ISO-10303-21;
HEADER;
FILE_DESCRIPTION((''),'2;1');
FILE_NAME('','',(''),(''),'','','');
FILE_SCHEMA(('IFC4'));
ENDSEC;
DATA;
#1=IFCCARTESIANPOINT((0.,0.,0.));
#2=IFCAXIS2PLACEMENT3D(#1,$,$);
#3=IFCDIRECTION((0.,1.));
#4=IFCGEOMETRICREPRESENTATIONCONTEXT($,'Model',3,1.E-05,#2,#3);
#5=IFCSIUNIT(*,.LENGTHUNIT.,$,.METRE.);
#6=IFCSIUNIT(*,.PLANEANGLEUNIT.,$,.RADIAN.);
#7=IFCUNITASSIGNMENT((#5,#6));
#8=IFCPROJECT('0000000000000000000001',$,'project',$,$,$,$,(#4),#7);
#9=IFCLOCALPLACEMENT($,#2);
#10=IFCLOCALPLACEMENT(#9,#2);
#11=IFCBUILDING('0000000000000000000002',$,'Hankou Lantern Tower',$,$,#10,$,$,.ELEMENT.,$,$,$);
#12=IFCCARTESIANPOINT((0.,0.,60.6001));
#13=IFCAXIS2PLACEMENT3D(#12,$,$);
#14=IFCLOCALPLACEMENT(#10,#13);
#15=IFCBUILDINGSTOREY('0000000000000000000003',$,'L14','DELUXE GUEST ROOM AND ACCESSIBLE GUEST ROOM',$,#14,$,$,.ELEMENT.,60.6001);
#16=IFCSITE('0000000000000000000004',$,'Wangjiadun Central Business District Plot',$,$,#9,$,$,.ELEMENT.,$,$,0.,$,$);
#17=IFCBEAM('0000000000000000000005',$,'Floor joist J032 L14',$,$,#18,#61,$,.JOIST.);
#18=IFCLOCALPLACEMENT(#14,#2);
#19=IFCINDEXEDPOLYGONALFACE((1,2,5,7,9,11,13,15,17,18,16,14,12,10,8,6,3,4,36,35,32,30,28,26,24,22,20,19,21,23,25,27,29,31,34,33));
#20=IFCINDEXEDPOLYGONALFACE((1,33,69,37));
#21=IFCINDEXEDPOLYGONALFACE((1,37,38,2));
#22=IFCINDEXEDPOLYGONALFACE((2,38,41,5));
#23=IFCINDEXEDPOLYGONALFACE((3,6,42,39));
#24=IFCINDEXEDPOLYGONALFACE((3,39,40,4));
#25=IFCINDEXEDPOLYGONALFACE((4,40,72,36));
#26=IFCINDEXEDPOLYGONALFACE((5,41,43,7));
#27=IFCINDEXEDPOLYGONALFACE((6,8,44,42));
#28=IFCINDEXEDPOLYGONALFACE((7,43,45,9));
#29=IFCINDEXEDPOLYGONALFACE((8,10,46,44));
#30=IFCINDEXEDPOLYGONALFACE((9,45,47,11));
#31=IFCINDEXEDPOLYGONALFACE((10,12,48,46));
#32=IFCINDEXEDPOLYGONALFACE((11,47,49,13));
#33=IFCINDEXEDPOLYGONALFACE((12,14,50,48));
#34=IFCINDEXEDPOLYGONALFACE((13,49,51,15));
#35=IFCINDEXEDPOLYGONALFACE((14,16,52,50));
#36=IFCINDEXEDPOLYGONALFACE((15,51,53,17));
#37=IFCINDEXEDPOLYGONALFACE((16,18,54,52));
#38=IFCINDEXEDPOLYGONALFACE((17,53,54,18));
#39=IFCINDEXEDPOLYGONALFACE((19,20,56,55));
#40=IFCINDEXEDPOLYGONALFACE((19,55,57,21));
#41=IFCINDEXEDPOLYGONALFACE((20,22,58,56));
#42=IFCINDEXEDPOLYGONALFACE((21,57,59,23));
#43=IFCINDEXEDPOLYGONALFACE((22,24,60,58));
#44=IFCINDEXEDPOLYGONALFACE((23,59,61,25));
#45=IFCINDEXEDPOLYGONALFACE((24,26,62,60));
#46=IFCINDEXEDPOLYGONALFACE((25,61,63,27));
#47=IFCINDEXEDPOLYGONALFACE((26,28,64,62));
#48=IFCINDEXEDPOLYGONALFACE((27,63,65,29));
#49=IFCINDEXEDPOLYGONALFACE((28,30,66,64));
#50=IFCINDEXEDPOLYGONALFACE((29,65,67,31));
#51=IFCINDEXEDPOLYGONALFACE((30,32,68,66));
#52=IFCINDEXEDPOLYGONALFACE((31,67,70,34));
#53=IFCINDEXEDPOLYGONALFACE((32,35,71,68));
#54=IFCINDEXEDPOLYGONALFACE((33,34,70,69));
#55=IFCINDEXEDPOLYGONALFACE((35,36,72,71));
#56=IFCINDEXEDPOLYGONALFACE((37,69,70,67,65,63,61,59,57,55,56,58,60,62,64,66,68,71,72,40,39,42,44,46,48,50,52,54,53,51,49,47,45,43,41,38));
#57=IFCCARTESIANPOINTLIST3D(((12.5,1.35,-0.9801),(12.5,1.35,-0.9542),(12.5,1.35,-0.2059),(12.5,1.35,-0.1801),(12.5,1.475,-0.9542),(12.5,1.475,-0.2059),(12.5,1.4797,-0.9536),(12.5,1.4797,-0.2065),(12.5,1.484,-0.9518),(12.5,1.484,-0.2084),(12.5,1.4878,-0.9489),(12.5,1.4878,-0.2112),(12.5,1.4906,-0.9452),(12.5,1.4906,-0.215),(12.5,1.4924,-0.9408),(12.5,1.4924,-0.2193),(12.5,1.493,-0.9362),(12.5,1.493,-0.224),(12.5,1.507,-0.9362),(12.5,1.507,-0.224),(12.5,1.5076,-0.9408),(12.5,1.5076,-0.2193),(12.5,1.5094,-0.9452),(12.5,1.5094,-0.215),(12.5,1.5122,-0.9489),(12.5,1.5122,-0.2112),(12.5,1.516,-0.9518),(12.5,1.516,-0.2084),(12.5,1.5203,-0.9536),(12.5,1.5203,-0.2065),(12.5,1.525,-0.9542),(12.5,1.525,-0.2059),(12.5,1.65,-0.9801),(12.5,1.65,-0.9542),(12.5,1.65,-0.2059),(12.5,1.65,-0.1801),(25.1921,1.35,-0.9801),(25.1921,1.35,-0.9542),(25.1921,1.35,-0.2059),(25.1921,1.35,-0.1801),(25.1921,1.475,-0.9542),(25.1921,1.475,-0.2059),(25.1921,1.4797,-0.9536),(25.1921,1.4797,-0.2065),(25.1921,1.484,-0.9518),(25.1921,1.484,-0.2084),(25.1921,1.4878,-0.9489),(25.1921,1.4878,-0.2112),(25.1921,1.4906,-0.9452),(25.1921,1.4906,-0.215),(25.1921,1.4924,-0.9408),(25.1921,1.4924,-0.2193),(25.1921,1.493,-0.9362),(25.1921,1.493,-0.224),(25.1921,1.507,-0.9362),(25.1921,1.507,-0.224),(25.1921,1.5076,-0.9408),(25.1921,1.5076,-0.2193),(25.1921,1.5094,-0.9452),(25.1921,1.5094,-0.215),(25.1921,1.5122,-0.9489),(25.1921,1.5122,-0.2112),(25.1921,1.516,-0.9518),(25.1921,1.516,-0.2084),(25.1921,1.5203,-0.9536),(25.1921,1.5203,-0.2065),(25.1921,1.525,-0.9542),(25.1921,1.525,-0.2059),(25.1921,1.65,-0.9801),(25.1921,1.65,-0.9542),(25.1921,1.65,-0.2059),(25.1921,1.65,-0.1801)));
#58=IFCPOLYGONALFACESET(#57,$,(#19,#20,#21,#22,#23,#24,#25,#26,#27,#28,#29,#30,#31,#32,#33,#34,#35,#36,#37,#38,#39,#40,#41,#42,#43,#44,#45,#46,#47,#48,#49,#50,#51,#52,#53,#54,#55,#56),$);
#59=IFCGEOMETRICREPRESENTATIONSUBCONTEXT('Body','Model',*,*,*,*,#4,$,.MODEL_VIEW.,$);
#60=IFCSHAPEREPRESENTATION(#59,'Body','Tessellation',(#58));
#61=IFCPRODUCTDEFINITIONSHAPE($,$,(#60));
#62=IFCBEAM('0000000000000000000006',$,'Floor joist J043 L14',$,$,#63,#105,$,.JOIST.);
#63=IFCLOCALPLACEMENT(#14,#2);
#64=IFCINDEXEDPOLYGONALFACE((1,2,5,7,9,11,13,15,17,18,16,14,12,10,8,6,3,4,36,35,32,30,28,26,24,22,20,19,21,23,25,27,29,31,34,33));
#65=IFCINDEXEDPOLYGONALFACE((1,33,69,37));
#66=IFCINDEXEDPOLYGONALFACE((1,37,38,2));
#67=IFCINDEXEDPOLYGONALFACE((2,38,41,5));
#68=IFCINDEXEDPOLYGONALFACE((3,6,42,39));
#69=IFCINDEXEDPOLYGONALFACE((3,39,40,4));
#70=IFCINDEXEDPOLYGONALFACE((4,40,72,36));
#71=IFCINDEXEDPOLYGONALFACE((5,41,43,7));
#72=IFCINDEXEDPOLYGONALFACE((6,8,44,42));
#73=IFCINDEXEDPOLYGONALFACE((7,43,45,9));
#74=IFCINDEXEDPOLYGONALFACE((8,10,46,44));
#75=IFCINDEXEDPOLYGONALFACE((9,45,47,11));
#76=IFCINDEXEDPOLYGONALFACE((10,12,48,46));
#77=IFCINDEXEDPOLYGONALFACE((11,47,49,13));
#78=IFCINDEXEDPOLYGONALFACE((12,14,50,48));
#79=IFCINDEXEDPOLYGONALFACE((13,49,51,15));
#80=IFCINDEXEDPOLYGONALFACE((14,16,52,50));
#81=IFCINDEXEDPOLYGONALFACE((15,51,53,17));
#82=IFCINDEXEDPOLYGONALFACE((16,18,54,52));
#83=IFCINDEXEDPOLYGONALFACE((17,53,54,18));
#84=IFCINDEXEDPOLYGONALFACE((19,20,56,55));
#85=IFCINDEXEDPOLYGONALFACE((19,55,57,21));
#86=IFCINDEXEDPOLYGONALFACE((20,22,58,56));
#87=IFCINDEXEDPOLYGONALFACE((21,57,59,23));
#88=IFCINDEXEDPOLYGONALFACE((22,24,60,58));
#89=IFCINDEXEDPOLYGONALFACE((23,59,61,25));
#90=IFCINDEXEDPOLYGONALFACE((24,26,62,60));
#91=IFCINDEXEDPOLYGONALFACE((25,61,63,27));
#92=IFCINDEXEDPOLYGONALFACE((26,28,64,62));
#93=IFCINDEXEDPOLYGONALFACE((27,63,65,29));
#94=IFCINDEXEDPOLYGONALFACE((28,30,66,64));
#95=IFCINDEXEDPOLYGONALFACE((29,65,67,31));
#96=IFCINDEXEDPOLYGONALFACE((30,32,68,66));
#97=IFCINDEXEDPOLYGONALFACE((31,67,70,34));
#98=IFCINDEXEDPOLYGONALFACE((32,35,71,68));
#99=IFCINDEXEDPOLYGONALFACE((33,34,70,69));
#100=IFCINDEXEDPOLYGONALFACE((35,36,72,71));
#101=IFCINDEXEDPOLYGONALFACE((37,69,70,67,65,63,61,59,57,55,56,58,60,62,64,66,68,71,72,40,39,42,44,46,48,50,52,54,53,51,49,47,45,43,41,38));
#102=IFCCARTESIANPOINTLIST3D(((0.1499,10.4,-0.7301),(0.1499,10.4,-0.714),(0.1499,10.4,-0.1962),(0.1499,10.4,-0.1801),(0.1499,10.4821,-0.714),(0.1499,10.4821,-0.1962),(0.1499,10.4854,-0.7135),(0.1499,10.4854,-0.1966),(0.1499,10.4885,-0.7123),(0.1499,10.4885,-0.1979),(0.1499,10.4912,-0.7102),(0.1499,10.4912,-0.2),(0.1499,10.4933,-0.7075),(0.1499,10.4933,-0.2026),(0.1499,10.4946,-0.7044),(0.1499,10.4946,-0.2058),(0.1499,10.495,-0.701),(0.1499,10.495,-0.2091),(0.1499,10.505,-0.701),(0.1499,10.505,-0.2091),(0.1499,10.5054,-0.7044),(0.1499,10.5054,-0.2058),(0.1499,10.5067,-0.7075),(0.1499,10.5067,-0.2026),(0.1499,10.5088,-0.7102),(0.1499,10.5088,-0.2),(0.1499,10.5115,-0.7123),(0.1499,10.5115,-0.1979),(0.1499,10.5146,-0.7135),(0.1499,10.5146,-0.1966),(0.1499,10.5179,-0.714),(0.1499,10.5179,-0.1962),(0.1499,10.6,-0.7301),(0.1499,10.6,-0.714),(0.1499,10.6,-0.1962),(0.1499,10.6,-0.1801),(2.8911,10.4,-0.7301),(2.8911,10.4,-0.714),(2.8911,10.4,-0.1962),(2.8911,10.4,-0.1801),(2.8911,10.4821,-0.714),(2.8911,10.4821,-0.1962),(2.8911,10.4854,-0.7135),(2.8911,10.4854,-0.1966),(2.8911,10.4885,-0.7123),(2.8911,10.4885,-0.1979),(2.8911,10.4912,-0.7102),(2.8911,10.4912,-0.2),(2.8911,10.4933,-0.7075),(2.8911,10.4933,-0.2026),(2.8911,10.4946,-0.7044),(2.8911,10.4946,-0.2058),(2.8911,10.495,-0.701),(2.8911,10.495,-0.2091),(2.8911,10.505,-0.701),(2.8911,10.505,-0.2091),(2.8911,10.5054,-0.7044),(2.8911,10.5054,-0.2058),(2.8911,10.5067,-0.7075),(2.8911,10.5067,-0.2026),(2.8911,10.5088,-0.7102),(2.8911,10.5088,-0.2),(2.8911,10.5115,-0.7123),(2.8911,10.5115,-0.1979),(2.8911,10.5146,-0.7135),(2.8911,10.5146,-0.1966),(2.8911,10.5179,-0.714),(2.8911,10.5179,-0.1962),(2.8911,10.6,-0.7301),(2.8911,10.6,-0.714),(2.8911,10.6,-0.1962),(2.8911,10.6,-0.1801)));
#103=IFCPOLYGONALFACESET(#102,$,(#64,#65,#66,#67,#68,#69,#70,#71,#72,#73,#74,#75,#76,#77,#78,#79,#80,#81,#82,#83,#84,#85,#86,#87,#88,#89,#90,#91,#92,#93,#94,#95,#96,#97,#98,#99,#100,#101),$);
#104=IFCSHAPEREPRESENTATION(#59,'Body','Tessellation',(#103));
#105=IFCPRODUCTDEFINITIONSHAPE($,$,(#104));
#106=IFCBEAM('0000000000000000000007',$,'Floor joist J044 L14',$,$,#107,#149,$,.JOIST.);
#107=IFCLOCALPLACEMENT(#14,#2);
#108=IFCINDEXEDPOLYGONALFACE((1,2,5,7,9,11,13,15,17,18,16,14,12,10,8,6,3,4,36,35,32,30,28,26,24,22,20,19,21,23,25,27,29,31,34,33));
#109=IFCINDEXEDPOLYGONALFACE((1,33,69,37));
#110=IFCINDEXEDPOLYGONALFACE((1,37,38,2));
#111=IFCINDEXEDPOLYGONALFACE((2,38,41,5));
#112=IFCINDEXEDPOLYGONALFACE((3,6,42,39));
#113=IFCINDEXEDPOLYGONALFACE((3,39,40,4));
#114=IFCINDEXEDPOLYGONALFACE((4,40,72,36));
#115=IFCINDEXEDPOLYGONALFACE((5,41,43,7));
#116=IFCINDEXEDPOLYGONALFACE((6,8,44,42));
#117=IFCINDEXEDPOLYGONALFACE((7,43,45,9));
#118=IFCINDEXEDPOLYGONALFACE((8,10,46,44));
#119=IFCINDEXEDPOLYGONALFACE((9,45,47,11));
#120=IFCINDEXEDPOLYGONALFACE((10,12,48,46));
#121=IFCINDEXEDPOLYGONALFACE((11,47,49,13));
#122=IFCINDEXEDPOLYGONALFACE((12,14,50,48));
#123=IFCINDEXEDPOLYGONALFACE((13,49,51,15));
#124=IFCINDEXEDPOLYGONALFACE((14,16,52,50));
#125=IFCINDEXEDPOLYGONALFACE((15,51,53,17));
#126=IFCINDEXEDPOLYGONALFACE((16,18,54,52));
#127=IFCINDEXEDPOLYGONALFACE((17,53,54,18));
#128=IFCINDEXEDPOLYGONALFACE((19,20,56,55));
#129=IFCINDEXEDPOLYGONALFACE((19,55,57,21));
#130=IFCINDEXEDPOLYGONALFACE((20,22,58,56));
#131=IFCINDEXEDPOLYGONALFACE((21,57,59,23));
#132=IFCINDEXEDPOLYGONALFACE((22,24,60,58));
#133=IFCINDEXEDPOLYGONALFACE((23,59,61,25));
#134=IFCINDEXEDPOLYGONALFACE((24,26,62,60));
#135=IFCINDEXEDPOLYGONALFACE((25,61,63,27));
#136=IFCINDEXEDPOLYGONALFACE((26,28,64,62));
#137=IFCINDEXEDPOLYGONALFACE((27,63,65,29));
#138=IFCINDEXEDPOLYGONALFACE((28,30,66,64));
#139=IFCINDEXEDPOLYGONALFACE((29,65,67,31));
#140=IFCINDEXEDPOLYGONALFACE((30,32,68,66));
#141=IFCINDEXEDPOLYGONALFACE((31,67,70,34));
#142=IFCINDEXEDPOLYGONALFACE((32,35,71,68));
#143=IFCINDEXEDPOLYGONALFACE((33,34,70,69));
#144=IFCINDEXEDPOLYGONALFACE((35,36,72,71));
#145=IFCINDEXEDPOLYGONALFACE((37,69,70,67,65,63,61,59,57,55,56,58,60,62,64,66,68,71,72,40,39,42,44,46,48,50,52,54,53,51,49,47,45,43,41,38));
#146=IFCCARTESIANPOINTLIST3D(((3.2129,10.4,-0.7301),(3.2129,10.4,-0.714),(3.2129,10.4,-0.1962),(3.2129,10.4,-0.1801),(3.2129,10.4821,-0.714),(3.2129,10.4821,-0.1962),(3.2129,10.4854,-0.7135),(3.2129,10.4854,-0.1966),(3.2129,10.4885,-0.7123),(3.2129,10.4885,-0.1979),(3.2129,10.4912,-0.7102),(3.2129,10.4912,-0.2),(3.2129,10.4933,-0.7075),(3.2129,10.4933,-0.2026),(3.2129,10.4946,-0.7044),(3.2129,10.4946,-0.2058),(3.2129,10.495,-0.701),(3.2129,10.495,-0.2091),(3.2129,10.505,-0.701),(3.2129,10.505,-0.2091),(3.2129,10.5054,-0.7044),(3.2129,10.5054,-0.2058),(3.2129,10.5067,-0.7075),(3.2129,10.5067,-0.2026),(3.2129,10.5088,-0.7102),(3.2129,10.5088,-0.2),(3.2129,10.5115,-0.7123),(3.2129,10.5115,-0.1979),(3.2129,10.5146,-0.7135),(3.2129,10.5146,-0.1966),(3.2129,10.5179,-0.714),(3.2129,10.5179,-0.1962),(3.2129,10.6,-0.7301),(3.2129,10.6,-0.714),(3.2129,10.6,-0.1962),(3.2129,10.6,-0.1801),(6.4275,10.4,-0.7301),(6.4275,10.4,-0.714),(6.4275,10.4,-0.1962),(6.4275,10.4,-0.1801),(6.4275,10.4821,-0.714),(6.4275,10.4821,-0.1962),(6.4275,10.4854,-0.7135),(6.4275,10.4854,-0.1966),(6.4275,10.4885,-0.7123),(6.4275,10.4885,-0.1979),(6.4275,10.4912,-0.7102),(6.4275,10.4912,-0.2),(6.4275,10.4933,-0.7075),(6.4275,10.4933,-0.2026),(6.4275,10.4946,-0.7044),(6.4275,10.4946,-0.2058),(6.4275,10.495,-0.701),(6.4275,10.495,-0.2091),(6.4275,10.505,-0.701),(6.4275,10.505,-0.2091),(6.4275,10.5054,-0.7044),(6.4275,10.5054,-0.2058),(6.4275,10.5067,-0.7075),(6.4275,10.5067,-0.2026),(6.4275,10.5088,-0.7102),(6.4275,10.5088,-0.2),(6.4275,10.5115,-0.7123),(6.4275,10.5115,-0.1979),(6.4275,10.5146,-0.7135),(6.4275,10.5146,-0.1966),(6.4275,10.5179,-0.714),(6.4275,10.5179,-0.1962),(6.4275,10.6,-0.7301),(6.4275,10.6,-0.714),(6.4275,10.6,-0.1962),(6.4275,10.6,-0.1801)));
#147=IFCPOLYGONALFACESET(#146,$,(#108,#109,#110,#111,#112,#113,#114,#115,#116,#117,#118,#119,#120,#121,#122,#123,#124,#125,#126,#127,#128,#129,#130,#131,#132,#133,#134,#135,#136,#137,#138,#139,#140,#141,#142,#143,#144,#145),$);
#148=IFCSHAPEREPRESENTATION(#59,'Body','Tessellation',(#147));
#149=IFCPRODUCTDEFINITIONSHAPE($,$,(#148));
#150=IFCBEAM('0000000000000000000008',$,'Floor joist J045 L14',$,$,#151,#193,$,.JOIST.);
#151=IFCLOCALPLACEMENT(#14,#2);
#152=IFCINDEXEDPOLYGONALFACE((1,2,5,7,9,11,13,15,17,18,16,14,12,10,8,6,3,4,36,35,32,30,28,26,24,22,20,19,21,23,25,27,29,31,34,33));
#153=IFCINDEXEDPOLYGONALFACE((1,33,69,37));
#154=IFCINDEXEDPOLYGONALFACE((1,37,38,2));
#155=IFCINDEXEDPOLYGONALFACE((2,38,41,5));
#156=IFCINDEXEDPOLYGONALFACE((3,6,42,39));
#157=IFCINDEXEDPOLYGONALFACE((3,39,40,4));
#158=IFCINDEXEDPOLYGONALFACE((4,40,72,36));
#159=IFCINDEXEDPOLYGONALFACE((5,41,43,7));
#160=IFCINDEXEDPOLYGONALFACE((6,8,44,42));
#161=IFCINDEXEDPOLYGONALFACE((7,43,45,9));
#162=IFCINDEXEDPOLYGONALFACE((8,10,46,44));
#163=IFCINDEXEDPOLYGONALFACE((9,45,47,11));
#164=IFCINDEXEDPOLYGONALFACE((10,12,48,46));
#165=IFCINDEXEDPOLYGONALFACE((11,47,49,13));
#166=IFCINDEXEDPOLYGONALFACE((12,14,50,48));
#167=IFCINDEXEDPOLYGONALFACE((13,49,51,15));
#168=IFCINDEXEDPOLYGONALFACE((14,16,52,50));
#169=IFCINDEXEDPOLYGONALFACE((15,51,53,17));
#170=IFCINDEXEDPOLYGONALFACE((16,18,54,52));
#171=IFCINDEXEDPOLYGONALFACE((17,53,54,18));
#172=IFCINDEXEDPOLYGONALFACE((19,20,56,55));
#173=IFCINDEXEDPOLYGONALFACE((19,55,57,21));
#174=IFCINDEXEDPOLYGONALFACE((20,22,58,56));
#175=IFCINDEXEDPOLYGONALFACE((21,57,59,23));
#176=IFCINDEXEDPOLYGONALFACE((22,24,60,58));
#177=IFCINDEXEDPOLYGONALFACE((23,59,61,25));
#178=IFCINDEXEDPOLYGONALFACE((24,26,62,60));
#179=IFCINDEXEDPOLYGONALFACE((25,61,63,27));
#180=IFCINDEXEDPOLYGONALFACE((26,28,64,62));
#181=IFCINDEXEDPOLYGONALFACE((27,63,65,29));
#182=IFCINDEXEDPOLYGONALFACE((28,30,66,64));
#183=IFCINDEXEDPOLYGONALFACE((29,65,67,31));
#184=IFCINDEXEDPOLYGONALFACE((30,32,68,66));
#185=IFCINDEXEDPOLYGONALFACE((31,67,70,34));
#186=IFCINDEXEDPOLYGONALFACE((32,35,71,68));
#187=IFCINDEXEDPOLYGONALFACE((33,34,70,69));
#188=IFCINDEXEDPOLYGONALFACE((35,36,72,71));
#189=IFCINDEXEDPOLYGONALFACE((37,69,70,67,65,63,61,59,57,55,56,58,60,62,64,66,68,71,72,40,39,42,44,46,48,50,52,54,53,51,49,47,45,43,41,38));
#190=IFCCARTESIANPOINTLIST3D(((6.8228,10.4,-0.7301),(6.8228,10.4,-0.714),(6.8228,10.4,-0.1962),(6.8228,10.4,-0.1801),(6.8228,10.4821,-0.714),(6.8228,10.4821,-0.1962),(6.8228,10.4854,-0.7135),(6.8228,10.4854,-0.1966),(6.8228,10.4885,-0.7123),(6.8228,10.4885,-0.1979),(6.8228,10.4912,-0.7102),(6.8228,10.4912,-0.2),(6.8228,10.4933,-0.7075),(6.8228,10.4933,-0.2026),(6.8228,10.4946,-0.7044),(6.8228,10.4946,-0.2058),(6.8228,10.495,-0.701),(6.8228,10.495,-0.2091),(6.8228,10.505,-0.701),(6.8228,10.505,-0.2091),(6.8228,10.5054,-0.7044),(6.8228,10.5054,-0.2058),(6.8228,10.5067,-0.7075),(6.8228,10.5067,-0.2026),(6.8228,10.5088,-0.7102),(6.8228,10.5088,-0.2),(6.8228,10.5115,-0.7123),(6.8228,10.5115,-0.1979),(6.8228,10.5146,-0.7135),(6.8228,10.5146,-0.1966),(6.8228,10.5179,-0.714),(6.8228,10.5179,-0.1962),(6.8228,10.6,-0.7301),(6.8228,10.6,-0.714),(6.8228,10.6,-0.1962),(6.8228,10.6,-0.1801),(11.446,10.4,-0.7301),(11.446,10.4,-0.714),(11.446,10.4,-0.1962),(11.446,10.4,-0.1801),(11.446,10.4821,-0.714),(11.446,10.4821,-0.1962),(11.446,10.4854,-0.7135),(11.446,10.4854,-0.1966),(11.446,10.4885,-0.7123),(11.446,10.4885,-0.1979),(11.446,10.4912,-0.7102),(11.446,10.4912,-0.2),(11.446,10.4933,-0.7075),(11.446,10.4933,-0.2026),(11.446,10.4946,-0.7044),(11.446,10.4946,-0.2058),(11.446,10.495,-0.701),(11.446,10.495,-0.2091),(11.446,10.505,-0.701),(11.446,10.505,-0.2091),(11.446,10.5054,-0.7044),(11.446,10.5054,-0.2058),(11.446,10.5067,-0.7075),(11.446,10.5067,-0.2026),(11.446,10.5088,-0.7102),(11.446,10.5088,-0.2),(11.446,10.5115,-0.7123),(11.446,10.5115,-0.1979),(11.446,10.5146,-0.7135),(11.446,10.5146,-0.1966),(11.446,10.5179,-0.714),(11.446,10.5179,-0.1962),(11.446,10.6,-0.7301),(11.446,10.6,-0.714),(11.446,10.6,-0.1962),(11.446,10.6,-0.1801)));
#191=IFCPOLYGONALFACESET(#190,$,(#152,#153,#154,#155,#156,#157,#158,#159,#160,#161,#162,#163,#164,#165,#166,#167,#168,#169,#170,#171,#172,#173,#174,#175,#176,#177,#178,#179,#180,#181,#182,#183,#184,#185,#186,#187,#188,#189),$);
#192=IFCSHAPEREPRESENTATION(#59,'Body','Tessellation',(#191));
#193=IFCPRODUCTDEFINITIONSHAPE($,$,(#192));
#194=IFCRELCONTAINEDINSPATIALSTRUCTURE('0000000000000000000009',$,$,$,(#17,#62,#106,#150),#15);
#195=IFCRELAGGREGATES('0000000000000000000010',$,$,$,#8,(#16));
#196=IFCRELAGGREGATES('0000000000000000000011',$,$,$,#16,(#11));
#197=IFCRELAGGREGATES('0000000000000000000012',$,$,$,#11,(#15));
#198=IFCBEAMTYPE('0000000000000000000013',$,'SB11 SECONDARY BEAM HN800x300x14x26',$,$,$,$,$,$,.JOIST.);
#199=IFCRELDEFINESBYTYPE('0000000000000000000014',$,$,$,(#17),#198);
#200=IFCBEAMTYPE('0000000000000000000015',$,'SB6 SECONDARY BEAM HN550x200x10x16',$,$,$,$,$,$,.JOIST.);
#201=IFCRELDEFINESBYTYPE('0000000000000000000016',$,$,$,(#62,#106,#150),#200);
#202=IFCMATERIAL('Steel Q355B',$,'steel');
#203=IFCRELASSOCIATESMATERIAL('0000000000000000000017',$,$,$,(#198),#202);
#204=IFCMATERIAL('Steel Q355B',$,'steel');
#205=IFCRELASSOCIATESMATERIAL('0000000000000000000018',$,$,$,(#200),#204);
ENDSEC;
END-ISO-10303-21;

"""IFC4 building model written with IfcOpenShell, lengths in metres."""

from ifc_helpers import new_model, si_unit, direction, frame, origin, origin_2d, place, context, subcontext, project, spatial, i_section, extrude, material, material_profile, profile_set, type_object, element, save


model = new_model("IFC4")

# Units and contexts
model_context = context("Model", 3, precision=1e-05, world=origin(), true_north=direction((0.0, 1.0)))
body_context = subcontext(model_context, "Body", "Model", "MODEL_VIEW")
ifc_project = project(units=[si_unit("LENGTHUNIT", "METRE"), si_unit("PLANEANGLEUNIT", "RADIAN")], contexts=[model_context])

# Site, building, storey
site_placement = place(None, origin())
site = spatial("IfcSite", under=ifc_project, at=site_placement, Name="Wangjiadun Central Business District Plot", CompositionType="ELEMENT", RefElevation=0.0)
building_placement = place(site_placement, origin())
building = spatial("IfcBuilding", under=site, at=building_placement, Name="Hankou Lantern Tower", CompositionType="ELEMENT")
storey_placement = place(building_placement, frame((0.0, 0.0, 60.6001)))
storey = spatial("IfcBuildingStorey", under=building, at=storey_placement, Name="L14", Description="DELUXE GUEST ROOM AND ACCESSIBLE GUEST ROOM", CompositionType="ELEMENT", Elevation=60.6001)

# Beams
ifc_material_1 = material(Name="Steel Q355B", Category="steel")
ifc_material_profile_1 = material_profile(ifc_material_1, i_section(OverallWidth=0.3, OverallDepth=0.8, WebThickness=0.0139, FlangeThickness=0.0259, FilletRadius=0.0181, at=origin_2d()), Name="HN800x300x14x26")
ifc_profile_set_1 = profile_set([ifc_material_profile_1], Name="Steel Q355B")
beam_type_1 = type_object("IfcBeamType", Name="SB11 SECONDARY BEAM HN800x300x14x26", PredefinedType="JOIST", material=ifc_profile_set_1)
for number, where, z_axis, x_axis, name in (
    (1, (12.5, 1.5, -0.5801), (1.0, 0.0, 0.0), (0.0, 1.0, 0.0), "Floor joist J032 L14"),
):
    element("IfcBeam", number, at=place(storey_placement, frame(where, z_axis=z_axis, x_axis=x_axis)), inside=storey, type_object=beam_type_1, Name=name, PredefinedType="JOIST", context=body_context, shape_type="SweptSolid", body=[
        extrude(i_section(OverallWidth=0.3, OverallDepth=0.8, WebThickness=0.0139, FlangeThickness=0.0259, FilletRadius=0.0181, at=origin_2d()), origin(), (0.0, 0.0, 1.0), 12.6921),
    ])
ifc_material_2 = material(Name="Steel Q355B", Category="steel")
ifc_material_profile_2 = material_profile(ifc_material_2, i_section(OverallWidth=0.2, OverallDepth=0.55, WebThickness=0.01, FlangeThickness=0.0161, FilletRadius=0.0129, at=origin_2d()), Name="HN550x200x10x16")
ifc_profile_set_2 = profile_set([ifc_material_profile_2], Name="Steel Q355B")
beam_type_2 = type_object("IfcBeamType", Name="SB6 SECONDARY BEAM HN550x200x10x16", PredefinedType="JOIST", material=ifc_profile_set_2)
beam_1_placement = place(storey_placement, frame((0.1499, 10.5, -0.4551), z_axis=(1.0, 0.0, 0.0), x_axis=(0.0, 1.0, 0.0)))
element("IfcBeam", 2, at=beam_1_placement, inside=storey, type_object=beam_type_2, Name="Floor joist J043 L14", PredefinedType="JOIST", context=body_context, shape_type="SweptSolid", body=[
    extrude(i_section(OverallWidth=0.2, OverallDepth=0.55, WebThickness=0.01, FlangeThickness=0.0161, FilletRadius=0.0129, at=origin_2d()), origin(), (0.0, 0.0, 1.0), 2.7412),
])
beam_2_placement = place(storey_placement, frame((3.2129, 10.5, -0.4551), z_axis=(1.0, 0.0, 0.0), x_axis=(0.0, 1.0, 0.0)))
element("IfcBeam", 3, at=beam_2_placement, inside=storey, type_object=beam_type_2, Name="Floor joist J044 L14", PredefinedType="JOIST", context=body_context, shape_type="SweptSolid", body=[
    extrude(i_section(OverallWidth=0.2, OverallDepth=0.55, WebThickness=0.01, FlangeThickness=0.0161, FilletRadius=0.0129, at=origin_2d()), origin(), (0.0, 0.0, 1.0), 3.2146),
])
beam_3_placement = place(storey_placement, frame((6.8228, 10.5, -0.4551), z_axis=(1.0, 0.0, 0.0), x_axis=(0.0, 1.0, 0.0)))
element("IfcBeam", 4, at=beam_3_placement, inside=storey, type_object=beam_type_2, Name="Floor joist J045 L14", PredefinedType="JOIST", context=body_context, shape_type="SweptSolid", body=[
    extrude(i_section(OverallWidth=0.2, OverallDepth=0.55, WebThickness=0.01, FlangeThickness=0.0161, FilletRadius=0.0129, at=origin_2d()), origin(), (0.0, 0.0, 1.0), 4.6233),
])

save(model, "model.ifc")
